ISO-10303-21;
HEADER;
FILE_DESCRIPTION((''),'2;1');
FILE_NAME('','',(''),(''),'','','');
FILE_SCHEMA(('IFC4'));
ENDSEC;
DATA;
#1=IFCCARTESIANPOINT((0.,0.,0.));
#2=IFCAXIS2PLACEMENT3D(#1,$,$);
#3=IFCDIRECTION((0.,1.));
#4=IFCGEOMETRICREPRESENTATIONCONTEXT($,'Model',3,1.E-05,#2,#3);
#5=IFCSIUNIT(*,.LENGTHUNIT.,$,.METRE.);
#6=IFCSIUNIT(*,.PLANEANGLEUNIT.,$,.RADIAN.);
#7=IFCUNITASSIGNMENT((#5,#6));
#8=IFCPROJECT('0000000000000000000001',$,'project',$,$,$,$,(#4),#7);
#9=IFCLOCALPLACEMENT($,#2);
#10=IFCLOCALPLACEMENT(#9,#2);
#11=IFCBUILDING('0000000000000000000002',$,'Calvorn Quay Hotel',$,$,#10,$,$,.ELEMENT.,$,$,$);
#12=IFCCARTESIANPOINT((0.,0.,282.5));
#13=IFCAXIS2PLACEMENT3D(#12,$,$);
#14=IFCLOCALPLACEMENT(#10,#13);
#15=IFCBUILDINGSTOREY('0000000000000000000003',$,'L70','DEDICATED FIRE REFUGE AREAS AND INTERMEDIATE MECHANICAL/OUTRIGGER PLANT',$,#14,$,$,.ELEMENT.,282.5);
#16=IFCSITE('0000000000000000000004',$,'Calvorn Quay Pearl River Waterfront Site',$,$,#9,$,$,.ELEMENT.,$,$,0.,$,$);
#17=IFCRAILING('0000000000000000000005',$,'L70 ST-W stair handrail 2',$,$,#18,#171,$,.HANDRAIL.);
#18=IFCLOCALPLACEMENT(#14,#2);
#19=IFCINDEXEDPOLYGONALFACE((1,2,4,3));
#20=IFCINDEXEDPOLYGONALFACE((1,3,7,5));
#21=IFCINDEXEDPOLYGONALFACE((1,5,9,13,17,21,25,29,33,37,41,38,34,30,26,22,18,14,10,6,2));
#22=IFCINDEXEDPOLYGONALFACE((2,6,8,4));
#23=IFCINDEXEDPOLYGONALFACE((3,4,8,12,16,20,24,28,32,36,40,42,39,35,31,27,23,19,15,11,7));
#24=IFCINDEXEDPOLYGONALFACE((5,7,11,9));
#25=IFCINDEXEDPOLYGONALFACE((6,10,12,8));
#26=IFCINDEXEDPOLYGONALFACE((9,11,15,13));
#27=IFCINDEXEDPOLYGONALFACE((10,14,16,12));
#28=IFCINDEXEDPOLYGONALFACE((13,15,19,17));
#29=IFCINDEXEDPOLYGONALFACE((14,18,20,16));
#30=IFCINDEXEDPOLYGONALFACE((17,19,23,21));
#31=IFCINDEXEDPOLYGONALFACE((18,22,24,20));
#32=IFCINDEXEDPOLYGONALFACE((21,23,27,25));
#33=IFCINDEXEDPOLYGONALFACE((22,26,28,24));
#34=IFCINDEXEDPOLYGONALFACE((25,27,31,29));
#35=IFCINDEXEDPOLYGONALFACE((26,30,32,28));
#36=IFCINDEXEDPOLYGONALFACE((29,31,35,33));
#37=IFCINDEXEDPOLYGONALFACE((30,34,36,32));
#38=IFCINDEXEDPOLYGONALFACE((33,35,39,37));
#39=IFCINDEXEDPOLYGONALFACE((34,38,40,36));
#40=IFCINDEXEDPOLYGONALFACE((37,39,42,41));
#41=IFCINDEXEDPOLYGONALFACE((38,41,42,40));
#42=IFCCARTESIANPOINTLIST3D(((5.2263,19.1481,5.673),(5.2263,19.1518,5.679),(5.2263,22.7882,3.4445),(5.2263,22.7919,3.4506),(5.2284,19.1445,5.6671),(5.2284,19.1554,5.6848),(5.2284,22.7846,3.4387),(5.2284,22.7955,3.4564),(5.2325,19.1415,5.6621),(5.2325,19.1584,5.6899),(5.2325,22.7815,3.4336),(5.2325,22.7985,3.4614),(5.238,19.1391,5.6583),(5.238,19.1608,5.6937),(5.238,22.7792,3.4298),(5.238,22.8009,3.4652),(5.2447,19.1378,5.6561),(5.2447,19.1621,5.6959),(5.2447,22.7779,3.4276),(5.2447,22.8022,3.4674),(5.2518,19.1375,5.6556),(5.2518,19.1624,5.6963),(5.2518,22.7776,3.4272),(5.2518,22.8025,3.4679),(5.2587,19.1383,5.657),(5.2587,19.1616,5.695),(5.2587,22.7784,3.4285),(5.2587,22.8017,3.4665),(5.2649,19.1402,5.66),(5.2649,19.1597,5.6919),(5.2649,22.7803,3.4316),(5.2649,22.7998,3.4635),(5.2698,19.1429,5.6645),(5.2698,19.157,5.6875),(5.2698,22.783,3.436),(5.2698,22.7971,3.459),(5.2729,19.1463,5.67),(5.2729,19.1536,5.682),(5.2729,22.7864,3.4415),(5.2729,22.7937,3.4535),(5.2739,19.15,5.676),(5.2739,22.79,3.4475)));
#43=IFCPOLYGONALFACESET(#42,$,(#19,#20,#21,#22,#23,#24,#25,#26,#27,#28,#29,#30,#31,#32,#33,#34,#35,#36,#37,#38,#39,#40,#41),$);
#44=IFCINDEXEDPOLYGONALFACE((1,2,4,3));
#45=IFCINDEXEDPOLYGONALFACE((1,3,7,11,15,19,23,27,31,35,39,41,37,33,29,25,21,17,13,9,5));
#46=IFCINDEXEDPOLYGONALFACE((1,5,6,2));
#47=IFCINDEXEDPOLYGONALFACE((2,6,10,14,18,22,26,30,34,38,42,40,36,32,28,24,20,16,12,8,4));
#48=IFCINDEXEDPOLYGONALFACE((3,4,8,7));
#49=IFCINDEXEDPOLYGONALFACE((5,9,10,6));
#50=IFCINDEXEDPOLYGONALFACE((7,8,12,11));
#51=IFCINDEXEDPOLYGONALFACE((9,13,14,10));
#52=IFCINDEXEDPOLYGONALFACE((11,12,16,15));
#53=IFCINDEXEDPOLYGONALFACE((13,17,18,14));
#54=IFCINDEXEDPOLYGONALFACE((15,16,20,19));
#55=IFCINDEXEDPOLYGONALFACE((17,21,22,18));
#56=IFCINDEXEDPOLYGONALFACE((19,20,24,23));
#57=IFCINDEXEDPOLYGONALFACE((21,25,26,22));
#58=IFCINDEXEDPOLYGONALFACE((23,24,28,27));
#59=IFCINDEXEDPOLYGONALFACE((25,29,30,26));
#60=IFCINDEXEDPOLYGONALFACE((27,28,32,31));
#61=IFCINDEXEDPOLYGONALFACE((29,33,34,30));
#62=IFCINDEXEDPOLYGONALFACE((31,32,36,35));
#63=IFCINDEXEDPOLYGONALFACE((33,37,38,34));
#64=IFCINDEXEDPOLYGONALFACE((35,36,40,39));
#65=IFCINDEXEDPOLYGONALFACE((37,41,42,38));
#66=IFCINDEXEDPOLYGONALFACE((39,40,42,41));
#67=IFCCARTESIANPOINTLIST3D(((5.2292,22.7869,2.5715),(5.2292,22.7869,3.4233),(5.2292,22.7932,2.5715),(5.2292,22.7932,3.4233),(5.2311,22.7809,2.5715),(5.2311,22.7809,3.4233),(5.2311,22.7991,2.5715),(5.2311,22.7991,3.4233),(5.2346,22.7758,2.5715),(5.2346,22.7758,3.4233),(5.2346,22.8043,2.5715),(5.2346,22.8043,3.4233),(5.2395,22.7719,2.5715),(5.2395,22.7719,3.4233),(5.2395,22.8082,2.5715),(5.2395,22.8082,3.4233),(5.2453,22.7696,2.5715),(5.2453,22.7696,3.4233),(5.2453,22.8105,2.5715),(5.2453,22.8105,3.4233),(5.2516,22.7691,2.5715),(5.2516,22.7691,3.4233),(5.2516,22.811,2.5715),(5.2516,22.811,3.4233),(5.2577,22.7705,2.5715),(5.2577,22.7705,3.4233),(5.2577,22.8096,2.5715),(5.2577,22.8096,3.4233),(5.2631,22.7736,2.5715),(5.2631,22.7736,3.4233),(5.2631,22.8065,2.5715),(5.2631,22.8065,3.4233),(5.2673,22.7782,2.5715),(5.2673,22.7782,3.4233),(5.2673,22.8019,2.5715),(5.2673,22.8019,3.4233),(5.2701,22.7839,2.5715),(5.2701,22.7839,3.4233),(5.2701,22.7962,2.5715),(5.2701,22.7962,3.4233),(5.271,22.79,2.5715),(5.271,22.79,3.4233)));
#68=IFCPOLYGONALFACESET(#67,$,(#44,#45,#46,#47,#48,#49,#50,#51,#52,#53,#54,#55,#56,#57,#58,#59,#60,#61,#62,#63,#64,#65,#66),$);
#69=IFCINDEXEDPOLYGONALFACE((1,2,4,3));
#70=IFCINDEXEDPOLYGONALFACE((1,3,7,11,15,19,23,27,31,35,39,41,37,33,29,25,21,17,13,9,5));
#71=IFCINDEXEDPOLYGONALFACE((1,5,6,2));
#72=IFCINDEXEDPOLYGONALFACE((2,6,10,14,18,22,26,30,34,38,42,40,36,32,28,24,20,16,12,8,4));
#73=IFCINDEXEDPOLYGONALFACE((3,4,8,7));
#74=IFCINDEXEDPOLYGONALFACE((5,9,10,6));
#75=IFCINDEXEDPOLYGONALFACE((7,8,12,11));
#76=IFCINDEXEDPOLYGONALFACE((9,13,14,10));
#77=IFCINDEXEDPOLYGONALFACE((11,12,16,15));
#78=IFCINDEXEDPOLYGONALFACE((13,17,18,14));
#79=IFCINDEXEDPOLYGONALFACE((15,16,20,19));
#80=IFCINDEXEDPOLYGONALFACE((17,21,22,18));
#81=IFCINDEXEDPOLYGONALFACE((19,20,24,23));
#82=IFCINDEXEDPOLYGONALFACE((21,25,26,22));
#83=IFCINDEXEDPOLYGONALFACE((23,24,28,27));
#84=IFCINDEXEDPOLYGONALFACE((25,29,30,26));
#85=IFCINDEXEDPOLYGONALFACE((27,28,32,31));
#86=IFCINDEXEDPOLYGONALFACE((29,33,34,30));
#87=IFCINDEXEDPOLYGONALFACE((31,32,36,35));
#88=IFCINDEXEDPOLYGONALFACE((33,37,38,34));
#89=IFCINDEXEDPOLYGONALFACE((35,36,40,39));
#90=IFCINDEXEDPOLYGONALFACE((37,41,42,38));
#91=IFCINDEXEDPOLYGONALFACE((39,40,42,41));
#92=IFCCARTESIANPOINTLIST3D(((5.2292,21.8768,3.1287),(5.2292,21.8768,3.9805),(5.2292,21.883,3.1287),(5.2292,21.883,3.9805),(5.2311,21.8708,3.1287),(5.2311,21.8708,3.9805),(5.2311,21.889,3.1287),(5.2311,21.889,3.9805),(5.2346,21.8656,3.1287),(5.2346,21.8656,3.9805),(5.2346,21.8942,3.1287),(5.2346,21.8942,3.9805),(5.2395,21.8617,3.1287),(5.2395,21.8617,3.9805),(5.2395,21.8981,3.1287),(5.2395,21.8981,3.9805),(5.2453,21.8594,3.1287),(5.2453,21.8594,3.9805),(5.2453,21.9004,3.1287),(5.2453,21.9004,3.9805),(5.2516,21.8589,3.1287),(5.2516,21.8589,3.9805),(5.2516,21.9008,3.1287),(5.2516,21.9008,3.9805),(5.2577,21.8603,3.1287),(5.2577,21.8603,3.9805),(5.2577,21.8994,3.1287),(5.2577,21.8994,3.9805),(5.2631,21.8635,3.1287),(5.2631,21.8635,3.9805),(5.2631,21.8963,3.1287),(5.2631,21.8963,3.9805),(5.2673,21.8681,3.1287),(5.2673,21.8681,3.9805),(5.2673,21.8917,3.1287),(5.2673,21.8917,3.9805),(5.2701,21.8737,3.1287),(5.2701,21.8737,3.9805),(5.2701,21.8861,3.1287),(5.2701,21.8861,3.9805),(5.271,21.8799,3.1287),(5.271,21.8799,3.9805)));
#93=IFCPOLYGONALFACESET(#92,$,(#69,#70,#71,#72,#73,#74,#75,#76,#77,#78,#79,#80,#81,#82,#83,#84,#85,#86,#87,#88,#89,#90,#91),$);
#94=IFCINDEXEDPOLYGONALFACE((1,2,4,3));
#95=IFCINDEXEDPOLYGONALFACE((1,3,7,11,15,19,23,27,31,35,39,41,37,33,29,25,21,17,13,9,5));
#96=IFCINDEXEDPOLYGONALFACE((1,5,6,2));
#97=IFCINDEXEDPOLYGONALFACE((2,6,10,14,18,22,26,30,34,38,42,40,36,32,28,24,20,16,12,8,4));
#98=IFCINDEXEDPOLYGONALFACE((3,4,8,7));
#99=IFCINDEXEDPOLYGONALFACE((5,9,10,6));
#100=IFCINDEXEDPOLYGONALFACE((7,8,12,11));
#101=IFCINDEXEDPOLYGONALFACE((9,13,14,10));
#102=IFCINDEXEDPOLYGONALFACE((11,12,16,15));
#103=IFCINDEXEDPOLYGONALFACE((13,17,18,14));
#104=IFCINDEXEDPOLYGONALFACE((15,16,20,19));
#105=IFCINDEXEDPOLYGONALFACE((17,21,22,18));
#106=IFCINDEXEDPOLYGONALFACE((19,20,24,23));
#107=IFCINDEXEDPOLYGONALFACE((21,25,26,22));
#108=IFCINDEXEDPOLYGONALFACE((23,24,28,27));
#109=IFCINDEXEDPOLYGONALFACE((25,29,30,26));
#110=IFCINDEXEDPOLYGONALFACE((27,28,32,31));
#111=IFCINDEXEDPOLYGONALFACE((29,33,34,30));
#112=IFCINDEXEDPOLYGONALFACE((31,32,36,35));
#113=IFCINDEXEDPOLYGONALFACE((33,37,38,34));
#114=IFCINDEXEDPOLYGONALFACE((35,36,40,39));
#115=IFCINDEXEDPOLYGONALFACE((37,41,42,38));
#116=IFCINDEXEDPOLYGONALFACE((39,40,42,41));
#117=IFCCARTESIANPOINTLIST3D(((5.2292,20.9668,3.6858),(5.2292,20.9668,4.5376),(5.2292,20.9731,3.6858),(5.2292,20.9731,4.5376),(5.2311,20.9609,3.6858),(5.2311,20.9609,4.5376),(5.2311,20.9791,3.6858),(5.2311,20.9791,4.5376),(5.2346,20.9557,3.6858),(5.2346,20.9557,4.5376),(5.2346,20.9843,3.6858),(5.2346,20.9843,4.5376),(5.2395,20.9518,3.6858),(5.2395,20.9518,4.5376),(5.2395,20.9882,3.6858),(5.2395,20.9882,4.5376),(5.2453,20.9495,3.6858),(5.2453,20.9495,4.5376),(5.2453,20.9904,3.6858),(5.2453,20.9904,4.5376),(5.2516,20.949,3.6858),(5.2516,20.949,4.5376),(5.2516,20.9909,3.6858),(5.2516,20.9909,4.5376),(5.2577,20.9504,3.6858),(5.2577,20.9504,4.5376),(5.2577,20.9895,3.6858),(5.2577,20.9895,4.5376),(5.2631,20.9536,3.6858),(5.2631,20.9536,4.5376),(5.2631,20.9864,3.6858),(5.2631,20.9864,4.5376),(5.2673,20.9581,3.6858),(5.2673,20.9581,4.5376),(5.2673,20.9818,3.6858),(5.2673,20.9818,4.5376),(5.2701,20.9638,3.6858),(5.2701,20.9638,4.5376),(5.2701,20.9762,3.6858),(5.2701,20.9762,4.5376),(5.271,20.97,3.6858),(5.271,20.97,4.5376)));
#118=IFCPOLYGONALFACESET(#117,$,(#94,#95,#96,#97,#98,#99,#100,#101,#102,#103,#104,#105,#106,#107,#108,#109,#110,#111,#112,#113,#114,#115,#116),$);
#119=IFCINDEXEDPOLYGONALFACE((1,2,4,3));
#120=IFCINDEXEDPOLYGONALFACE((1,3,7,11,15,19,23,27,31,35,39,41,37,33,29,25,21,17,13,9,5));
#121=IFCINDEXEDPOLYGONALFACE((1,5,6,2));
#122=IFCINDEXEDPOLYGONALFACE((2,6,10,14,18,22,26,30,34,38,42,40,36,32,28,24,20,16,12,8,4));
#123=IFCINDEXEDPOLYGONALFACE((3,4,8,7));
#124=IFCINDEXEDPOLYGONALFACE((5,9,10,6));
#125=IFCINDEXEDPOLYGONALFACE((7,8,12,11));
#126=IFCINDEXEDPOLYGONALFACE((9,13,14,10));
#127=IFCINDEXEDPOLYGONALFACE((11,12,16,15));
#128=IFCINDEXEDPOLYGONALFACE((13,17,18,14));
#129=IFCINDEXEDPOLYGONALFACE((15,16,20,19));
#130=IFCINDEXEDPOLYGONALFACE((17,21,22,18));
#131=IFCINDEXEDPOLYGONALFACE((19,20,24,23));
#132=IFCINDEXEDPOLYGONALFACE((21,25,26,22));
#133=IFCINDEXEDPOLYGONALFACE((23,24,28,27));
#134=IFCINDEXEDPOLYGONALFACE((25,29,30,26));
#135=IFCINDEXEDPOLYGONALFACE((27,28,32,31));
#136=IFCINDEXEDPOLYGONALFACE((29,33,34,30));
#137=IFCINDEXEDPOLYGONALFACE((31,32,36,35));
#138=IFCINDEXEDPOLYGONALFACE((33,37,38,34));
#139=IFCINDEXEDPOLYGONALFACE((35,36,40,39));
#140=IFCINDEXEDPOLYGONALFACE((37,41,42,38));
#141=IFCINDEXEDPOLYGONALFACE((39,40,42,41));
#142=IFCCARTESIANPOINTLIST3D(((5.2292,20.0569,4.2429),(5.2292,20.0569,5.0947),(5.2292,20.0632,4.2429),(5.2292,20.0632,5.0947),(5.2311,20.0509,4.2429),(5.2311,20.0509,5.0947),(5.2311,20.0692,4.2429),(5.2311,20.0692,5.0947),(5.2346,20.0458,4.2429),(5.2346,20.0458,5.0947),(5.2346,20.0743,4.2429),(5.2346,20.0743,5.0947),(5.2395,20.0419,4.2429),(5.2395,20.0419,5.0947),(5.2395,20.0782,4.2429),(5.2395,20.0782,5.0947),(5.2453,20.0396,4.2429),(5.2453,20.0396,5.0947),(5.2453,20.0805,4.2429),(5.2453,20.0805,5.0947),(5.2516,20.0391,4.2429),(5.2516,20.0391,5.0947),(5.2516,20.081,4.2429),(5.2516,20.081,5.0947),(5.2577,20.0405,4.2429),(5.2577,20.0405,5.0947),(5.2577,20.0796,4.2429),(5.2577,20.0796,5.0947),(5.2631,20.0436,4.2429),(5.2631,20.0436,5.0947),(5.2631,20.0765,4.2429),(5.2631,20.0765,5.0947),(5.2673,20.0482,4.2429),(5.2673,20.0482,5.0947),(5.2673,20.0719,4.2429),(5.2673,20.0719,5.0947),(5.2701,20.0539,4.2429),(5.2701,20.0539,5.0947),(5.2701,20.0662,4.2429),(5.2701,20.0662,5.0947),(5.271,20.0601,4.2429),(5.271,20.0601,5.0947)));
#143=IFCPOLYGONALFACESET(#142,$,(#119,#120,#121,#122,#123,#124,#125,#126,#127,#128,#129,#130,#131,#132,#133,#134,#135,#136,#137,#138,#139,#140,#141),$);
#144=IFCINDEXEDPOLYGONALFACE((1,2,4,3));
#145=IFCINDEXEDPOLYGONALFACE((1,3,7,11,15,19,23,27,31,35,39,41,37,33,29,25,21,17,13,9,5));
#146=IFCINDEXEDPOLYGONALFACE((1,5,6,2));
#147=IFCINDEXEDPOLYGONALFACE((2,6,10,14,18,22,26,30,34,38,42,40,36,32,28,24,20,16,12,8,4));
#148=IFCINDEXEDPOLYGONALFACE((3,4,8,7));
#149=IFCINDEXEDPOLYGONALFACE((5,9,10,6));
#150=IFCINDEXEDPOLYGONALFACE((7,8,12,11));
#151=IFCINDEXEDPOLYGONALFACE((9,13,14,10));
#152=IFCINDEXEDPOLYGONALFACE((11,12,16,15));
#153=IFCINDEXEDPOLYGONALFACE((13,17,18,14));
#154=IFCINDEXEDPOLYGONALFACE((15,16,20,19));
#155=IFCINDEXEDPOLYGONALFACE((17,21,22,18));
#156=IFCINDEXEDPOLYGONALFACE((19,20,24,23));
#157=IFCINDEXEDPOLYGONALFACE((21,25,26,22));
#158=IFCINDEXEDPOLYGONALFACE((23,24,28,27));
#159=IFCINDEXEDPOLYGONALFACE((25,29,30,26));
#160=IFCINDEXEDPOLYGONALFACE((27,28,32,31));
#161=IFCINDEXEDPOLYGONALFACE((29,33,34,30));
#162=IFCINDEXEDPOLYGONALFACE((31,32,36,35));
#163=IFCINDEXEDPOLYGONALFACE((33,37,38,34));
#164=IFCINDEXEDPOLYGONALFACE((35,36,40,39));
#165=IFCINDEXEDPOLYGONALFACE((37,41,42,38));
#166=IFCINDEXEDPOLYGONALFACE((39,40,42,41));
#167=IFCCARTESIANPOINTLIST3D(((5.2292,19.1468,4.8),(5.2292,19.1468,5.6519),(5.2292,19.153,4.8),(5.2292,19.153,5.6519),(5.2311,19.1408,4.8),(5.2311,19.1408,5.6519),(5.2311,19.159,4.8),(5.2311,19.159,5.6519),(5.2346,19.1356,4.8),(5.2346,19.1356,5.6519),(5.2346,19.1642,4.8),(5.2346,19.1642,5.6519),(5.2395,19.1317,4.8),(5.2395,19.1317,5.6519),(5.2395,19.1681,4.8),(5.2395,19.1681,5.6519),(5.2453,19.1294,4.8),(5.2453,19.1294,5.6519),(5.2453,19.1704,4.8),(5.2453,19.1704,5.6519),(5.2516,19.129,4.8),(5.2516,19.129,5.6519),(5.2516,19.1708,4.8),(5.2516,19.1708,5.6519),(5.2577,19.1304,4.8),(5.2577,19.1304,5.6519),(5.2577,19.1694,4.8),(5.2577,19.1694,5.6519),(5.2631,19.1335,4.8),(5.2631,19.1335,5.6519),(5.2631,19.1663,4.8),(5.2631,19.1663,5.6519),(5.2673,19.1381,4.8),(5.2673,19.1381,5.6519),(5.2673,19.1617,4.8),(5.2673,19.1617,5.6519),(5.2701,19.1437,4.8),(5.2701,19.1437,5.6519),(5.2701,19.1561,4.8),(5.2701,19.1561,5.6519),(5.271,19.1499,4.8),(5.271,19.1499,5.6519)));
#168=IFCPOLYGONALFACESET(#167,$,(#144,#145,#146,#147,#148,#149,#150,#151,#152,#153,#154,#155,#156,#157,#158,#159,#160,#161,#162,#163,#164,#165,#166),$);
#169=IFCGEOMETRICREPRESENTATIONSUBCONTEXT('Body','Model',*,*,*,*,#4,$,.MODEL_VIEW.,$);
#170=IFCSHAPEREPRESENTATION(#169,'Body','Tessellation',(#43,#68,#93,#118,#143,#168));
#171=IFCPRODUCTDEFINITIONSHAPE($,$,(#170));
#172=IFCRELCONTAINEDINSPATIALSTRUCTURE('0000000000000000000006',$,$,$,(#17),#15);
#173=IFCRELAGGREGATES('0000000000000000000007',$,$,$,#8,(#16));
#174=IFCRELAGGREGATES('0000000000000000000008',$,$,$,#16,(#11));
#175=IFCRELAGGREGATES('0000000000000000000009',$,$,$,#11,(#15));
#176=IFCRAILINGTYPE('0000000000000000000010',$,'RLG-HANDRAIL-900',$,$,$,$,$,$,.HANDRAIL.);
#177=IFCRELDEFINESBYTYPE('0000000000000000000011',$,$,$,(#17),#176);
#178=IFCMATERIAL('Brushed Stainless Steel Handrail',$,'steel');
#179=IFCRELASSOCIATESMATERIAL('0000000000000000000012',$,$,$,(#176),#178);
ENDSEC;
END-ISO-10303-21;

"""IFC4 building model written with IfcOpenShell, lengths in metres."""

from ifc_helpers import new_model, si_unit, direction, frame, origin, origin_2d, place, context, subcontext, project, spatial, circle, extrude, material, type_object, element, save


model = new_model("IFC4")

# Units and contexts
model_context = context("Model", 3, precision=1e-05, world=origin(), true_north=direction((0.0, 1.0)))
body_context = subcontext(model_context, "Body", "Model", "MODEL_VIEW")
ifc_project = project(units=[si_unit("LENGTHUNIT", "METRE"), si_unit("PLANEANGLEUNIT", "RADIAN")], contexts=[model_context])

# Site, building, storey
site_placement = place(None, origin())
site = spatial("IfcSite", under=ifc_project, at=site_placement, Name="Calvorn Quay Pearl River Waterfront Site", CompositionType="ELEMENT", RefElevation=0.0)
building_placement = place(site_placement, origin())
building = spatial("IfcBuilding", under=site, at=building_placement, Name="Calvorn Quay Hotel", CompositionType="ELEMENT")
storey_placement = place(building_placement, frame((0.0, 0.0, 282.5)))
storey = spatial("IfcBuildingStorey", under=building, at=storey_placement, Name="L70", Description="DEDICATED FIRE REFUGE AREAS AND INTERMEDIATE MECHANICAL/OUTRIGGER PLANT", CompositionType="ELEMENT", Elevation=282.5)

# Railing
ifc_material_1 = material(Name="Brushed Stainless Steel Handrail", Category="steel")
railing_type_1 = type_object("IfcRailingType", Name="RLG-HANDRAIL-900", PredefinedType="HANDRAIL", material=ifc_material_1)
railing_1_placement = place(storey_placement, frame((5.25, 22.79, 2.5715)))
element("IfcRailing", 1, at=railing_1_placement, inside=storey, type_object=railing_type_1, Name="L70 ST-W stair handrail 2", PredefinedType="HANDRAIL", context=body_context, shape_type="SweptSolid", body=[
    extrude(circle(Radius=0.0239, at=origin_2d()), frame((0.0, 0.0, 0.876), z_axis=(0.0, -0.852866, 0.52213), x_axis=(1.0, 0.0, 0.0)), (0.0, 0.0, 1.0), 4.2681),
    extrude(circle(Radius=0.021, at=origin_2d()), origin(), (0.0, 0.0, 1.0), 0.8518),
    extrude(circle(Radius=0.021, at=origin_2d()), frame((0.0, -0.9102, 0.5571)), (0.0, 0.0, 1.0), 0.8518),
    extrude(circle(Radius=0.021, at=origin_2d()), frame((0.0, -1.8201, 1.1143)), (0.0, 0.0, 1.0), 0.8518),
    extrude(circle(Radius=0.021, at=origin_2d()), frame((0.0, -2.73, 1.6714)), (0.0, 0.0, 1.0), 0.8518),
    extrude(circle(Radius=0.021, at=origin_2d()), frame((0.0, -3.6401, 2.2285)), (0.0, 0.0, 1.0), 0.8518),
])

save(model, "model.ifc")
